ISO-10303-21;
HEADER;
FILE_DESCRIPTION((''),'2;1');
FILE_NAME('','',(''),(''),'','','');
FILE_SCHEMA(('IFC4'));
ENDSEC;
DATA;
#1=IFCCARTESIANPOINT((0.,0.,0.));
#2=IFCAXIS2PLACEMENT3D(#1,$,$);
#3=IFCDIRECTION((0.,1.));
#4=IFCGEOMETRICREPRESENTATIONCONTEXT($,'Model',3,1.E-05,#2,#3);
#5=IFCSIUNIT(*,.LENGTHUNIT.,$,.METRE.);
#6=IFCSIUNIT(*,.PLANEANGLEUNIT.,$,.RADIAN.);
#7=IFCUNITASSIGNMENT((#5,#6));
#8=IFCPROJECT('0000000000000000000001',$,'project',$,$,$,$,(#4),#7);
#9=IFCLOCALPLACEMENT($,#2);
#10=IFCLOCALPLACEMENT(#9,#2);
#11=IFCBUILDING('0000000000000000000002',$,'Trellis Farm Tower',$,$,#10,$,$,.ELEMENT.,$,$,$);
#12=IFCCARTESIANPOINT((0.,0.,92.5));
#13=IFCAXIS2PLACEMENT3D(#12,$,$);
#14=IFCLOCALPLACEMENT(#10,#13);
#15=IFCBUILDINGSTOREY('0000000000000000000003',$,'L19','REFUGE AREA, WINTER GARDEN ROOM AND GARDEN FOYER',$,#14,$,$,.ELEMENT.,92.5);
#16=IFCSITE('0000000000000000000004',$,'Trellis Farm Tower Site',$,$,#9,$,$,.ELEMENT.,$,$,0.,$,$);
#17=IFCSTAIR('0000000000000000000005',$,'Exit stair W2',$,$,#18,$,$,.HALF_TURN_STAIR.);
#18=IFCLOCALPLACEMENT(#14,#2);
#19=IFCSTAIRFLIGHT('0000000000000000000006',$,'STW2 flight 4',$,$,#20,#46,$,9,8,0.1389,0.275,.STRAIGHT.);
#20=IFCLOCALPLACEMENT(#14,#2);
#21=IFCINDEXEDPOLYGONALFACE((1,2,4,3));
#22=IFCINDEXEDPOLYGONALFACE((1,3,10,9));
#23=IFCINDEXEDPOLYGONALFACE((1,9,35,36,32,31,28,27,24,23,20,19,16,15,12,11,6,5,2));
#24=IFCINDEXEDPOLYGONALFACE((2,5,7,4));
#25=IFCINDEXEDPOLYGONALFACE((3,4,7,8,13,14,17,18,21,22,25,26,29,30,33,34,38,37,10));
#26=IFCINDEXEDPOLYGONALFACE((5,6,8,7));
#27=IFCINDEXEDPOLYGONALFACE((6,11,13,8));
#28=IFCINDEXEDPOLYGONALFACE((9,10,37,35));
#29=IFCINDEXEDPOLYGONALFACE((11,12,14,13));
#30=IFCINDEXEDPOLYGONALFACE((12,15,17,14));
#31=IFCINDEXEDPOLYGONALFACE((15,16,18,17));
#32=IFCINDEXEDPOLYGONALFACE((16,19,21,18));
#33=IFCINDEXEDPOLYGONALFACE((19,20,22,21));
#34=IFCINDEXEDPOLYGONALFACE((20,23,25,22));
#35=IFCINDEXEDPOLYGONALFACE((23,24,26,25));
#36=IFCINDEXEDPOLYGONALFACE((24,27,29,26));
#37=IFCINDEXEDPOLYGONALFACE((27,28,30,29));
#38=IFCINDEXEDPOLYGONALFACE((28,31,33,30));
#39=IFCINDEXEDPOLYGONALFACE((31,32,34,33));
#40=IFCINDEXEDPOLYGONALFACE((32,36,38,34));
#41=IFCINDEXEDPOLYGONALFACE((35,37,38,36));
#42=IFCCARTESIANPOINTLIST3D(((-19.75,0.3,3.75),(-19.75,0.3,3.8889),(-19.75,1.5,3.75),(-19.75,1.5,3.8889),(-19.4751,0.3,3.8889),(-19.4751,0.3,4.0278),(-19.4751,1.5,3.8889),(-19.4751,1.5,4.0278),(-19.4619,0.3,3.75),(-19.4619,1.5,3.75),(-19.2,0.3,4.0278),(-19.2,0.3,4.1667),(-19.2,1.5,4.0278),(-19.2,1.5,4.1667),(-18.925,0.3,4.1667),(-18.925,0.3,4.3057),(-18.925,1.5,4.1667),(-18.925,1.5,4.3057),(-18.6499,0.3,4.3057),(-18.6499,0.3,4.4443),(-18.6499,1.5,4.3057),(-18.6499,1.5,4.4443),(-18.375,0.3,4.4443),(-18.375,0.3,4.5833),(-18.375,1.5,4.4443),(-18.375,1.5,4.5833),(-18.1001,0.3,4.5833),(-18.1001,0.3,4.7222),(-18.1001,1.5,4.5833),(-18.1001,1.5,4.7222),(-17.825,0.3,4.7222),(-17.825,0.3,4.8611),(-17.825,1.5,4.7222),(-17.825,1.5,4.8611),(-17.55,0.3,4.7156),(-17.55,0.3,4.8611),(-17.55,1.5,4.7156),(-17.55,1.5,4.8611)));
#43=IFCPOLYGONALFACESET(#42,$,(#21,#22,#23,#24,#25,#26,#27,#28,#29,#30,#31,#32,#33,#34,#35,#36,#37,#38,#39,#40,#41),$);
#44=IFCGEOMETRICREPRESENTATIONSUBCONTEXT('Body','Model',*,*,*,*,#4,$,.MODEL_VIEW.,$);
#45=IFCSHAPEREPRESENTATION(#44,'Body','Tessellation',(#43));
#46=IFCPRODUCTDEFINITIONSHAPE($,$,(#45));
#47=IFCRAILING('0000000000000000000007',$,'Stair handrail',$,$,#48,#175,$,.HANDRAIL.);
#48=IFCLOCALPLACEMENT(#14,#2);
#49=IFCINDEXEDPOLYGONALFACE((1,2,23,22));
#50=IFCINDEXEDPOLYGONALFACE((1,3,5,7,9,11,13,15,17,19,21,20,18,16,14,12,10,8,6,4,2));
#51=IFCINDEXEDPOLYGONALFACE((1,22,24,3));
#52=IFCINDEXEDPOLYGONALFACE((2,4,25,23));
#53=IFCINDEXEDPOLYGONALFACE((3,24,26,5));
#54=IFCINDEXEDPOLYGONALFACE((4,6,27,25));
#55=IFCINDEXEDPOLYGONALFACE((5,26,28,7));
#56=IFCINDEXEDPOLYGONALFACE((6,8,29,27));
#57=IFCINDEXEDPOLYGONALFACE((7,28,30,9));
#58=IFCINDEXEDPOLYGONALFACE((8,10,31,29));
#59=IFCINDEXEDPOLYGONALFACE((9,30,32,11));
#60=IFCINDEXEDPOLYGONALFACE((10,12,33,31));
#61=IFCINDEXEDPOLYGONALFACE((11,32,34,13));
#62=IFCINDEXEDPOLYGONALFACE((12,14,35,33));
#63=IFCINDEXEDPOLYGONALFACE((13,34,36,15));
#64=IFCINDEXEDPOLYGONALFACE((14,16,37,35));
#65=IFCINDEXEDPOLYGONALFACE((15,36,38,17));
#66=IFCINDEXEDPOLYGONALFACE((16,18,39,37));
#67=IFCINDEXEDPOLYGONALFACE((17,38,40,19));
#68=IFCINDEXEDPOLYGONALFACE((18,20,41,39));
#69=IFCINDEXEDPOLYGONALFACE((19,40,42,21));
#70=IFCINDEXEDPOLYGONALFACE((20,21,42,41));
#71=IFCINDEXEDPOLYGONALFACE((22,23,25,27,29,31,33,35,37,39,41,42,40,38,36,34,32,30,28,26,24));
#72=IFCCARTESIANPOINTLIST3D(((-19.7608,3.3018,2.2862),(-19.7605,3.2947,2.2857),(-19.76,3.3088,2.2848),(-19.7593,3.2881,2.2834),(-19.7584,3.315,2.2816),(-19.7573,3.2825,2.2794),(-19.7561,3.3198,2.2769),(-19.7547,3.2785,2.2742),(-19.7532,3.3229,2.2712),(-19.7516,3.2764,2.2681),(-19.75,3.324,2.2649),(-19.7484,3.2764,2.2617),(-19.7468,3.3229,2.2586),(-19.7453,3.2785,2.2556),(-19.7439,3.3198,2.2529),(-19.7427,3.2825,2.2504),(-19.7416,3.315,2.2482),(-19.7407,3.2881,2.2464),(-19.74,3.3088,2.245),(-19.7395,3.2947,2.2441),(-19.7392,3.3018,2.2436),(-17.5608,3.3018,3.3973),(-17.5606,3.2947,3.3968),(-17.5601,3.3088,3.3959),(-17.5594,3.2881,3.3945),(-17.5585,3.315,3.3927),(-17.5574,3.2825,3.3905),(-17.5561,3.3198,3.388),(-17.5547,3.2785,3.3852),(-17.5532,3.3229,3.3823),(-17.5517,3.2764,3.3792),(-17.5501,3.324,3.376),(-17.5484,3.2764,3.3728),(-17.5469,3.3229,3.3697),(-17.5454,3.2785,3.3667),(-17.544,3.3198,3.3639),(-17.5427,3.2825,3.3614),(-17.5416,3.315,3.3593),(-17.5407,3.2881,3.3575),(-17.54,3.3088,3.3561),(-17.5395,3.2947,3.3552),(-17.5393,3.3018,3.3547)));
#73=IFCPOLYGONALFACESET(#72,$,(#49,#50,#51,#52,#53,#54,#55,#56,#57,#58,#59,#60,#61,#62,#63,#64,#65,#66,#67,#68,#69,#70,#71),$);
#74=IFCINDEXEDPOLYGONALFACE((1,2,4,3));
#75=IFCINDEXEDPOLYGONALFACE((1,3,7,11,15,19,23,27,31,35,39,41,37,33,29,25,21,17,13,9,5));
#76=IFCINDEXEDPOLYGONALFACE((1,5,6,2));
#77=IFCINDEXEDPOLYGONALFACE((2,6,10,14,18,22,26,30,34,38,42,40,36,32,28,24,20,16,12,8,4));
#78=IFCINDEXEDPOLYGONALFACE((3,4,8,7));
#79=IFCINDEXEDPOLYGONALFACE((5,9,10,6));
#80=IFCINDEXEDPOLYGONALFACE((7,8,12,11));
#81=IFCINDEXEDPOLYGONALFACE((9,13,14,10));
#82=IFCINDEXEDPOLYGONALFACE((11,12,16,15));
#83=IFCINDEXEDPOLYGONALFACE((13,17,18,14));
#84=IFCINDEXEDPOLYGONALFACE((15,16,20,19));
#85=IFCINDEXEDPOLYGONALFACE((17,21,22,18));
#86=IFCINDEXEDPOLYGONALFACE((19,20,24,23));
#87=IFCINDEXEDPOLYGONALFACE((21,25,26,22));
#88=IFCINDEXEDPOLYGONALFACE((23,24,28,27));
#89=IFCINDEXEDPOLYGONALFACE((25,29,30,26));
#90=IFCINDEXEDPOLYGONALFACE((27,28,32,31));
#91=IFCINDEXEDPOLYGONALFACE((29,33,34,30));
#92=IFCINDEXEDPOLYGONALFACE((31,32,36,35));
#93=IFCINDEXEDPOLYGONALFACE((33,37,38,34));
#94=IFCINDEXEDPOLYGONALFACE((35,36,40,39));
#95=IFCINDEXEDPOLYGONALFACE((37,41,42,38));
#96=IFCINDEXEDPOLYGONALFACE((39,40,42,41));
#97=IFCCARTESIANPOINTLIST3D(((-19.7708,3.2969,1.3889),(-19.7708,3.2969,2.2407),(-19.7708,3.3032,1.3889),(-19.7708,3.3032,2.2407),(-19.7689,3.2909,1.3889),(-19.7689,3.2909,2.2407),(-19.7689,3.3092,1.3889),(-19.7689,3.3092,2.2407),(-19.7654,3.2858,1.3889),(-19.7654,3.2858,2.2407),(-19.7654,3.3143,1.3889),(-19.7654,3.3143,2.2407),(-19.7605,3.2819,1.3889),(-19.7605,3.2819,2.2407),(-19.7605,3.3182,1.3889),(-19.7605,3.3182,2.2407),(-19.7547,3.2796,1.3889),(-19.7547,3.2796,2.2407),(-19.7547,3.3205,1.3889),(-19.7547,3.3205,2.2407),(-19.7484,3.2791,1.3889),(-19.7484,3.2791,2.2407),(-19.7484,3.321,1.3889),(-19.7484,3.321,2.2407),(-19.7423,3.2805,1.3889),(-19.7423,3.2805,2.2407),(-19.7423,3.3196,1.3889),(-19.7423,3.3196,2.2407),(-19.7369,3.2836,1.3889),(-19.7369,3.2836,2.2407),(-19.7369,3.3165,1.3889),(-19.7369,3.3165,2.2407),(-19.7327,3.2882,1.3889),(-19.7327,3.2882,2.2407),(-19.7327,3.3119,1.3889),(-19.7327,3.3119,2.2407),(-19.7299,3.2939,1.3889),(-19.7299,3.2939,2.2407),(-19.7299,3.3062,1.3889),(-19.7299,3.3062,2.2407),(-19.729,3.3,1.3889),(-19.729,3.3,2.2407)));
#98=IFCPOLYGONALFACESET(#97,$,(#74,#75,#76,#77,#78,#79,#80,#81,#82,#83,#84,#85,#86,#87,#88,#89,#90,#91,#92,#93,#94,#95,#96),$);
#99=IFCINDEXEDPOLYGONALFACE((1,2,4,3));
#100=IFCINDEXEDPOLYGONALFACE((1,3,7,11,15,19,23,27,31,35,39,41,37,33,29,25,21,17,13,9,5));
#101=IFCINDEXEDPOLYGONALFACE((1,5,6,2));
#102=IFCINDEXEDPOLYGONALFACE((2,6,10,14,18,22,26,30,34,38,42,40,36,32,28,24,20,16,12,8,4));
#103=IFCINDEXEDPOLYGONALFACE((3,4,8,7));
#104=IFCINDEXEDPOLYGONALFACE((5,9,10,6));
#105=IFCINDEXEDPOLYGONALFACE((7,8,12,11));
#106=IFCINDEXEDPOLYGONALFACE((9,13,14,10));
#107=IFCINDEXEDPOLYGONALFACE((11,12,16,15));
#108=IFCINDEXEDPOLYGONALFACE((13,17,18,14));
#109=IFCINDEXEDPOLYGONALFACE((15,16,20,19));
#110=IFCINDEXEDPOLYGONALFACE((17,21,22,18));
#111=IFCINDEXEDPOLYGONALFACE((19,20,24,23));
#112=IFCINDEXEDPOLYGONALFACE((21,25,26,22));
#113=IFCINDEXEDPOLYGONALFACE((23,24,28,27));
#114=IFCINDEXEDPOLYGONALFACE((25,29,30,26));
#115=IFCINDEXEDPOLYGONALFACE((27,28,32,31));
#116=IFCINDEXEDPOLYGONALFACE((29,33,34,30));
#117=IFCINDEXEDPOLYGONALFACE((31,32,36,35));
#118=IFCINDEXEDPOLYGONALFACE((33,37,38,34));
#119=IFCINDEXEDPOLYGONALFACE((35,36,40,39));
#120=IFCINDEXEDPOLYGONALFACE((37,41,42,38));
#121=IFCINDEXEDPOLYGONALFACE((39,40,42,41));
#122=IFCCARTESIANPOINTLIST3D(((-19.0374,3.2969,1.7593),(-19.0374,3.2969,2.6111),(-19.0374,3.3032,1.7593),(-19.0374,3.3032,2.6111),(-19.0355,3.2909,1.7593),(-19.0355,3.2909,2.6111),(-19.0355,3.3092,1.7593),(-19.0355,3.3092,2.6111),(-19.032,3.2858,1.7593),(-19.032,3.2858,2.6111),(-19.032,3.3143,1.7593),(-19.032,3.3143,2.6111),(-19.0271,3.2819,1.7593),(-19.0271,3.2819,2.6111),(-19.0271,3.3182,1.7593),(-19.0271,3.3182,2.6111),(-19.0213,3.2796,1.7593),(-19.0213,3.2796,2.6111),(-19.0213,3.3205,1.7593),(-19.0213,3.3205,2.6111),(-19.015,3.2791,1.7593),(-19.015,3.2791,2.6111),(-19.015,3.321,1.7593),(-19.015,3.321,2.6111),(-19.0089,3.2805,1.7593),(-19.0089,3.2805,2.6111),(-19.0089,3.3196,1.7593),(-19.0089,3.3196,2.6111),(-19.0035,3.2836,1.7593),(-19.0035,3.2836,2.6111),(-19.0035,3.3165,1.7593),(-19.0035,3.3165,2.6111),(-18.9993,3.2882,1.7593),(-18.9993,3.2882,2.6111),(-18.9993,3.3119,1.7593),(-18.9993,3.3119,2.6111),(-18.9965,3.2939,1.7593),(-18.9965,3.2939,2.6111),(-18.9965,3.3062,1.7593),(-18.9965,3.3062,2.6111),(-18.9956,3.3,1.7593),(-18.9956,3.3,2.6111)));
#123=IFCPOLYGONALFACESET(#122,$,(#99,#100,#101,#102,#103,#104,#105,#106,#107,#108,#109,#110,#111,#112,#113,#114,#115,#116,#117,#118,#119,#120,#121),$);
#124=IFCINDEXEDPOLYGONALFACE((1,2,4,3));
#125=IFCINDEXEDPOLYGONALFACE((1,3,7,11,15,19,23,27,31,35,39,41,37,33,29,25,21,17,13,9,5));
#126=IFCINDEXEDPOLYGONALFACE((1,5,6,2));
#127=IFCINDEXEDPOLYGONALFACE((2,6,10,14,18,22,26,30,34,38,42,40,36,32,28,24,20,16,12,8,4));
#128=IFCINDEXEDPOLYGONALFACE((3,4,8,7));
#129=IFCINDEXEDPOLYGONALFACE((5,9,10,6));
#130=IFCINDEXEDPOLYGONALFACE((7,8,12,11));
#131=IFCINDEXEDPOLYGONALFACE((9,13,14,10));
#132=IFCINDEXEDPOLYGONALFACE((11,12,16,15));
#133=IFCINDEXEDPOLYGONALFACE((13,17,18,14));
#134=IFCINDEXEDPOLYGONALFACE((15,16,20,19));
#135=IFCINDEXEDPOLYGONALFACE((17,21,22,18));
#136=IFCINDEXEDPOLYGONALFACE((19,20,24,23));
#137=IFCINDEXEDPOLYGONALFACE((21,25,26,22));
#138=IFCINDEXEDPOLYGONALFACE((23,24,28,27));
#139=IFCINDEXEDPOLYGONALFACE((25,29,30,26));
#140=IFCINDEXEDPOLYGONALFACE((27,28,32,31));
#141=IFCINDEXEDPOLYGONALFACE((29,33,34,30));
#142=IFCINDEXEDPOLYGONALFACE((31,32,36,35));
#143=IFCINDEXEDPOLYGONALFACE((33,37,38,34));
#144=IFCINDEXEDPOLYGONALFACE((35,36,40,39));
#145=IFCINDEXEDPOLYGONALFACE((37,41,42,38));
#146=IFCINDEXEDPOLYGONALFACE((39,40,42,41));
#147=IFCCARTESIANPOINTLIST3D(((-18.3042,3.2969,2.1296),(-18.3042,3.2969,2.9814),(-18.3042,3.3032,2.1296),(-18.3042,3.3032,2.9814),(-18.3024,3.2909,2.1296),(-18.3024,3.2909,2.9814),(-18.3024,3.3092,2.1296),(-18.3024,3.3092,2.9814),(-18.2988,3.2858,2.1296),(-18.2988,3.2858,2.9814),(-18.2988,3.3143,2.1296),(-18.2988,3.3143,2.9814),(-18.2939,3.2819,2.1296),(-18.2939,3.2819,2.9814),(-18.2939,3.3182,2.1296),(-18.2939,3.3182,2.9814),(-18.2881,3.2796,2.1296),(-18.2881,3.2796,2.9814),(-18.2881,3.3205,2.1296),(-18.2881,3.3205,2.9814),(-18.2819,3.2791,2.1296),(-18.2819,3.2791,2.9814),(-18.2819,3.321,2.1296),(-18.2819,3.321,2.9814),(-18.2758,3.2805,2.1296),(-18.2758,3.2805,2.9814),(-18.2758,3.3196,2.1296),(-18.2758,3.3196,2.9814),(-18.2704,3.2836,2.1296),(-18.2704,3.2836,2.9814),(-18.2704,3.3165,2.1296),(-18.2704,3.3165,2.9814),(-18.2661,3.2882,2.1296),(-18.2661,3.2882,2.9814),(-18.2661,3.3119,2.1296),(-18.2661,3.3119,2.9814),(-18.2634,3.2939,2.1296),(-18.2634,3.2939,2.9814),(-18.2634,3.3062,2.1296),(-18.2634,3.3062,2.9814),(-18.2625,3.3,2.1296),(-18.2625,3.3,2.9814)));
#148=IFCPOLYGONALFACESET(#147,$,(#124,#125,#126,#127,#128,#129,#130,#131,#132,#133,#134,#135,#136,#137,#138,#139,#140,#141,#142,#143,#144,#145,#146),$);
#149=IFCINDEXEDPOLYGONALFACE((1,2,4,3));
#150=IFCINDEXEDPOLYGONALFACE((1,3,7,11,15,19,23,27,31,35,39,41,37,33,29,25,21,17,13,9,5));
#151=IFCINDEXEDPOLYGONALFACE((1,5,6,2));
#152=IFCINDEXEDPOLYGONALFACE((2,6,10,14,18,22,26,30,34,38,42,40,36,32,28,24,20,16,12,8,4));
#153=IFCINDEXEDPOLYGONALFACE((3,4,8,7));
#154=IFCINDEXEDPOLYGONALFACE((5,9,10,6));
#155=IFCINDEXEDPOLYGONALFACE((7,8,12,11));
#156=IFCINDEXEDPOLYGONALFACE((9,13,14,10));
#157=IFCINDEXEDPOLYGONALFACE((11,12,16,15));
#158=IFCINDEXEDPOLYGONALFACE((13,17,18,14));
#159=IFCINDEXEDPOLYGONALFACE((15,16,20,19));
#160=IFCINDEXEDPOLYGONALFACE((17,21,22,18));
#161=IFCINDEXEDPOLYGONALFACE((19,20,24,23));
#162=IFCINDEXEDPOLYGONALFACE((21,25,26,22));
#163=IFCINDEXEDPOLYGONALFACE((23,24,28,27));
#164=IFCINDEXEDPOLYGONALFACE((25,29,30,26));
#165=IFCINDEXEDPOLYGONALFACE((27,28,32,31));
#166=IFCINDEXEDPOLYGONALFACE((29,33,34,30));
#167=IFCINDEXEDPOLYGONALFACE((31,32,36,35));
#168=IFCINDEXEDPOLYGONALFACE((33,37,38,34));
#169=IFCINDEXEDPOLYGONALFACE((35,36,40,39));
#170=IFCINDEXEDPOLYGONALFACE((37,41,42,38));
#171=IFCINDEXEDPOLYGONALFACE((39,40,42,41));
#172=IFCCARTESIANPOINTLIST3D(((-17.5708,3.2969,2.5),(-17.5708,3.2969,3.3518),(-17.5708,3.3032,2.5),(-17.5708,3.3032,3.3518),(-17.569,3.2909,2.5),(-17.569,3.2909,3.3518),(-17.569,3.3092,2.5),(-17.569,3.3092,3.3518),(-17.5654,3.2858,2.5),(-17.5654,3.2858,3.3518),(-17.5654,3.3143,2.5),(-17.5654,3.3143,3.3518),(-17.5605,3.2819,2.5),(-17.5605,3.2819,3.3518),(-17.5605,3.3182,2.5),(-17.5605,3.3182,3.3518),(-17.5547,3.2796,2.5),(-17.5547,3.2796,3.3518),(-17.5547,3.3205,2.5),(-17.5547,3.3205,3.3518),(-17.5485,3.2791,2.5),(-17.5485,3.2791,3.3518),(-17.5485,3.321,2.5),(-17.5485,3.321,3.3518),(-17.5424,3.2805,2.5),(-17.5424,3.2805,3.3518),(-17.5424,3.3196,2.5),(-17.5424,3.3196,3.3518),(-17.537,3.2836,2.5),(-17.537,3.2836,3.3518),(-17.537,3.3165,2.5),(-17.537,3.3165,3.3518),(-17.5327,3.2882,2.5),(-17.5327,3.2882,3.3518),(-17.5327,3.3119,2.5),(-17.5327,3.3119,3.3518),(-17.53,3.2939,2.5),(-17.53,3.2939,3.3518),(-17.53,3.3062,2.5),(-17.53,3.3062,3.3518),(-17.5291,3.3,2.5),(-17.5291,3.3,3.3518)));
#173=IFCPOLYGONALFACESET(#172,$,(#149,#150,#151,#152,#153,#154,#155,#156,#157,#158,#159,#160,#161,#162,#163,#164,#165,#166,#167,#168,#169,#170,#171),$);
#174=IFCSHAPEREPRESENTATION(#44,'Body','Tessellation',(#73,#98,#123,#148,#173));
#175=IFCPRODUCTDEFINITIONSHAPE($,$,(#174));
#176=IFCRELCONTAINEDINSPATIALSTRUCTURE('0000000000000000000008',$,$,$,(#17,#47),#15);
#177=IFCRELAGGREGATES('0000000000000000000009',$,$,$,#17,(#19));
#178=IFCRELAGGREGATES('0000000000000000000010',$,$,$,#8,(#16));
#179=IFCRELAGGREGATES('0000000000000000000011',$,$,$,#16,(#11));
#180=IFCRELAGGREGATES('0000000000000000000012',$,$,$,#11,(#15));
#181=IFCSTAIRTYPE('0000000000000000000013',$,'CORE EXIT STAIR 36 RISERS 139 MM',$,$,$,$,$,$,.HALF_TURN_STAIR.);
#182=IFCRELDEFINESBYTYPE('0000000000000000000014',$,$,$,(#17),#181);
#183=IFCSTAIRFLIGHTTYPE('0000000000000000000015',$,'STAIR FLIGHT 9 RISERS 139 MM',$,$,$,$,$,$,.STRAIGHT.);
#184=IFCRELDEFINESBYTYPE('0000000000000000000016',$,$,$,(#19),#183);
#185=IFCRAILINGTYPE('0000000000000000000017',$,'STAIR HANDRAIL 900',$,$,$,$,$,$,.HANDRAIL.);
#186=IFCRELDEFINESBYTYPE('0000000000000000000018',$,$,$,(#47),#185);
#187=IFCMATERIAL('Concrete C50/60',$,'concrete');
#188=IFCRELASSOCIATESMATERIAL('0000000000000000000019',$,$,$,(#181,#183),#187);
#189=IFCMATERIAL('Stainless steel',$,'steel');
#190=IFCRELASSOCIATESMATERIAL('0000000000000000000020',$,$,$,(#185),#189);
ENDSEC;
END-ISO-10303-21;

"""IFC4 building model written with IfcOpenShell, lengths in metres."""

from ifc_helpers import new_model, si_unit, direction, frame, origin, origin_2d, place, context, subcontext, project, spatial, polyline, circle, outline, extrude, source, transform, mapped, material, type_object, element, aggregate, save


model = new_model("IFC4")

# Units and contexts
model_context = context("Model", 3, precision=1e-05, world=origin(), true_north=direction((0.0, 1.0)))
body_context = subcontext(model_context, "Body", "Model", "MODEL_VIEW")
ifc_project = project(units=[si_unit("LENGTHUNIT", "METRE"), si_unit("PLANEANGLEUNIT", "RADIAN")], contexts=[model_context])

# Site, building, storey
site_placement = place(None, origin())
site = spatial("IfcSite", under=ifc_project, at=site_placement, Name="Trellis Farm Tower Site", CompositionType="ELEMENT", RefElevation=0.0)
building_placement = place(site_placement, origin())
building = spatial("IfcBuilding", under=site, at=building_placement, Name="Trellis Farm Tower", CompositionType="ELEMENT")
storey_placement = place(building_placement, frame((0.0, 0.0, 92.5)))
storey = spatial("IfcBuildingStorey", under=building, at=storey_placement, Name="L19", Description="REFUGE AREA, WINTER GARDEN ROOM AND GARDEN FOYER", CompositionType="ELEMENT", Elevation=92.5)

# Shared definitions
placement = place(storey_placement, origin())

# Stair, stair flight
ifc_material_1 = material(Name="Concrete C50/60", Category="concrete")
stair_type = type_object("IfcStairType", Name="CORE EXIT STAIR 36 RISERS 139 MM", PredefinedType="HALF_TURN_STAIR", material=ifc_material_1)
stair_flight_type = type_object("IfcStairFlightType", Name="STAIR FLIGHT 9 RISERS 139 MM", PredefinedType="STRAIGHT", material=ifc_material_1)
shared_shape_1 = source(origin(), body_context, "Body", "SweptSolid", [
    extrude(outline(polyline([(0.0, 0.0), (0.0, 0.1389), (0.2749, 0.1389), (0.2749, 0.2778), (0.55, 0.2778), (0.55, 0.4167), (0.825, 0.4167), (0.825, 0.5557), (1.1001, 0.5557), (1.1001, 0.6943), (1.375, 0.6943), (1.375, 0.8333), (1.6499, 0.8333), (1.6499, 0.9722), (1.925, 0.9722), (1.925, 1.1111), (2.2, 1.1111), (2.2, 1.25), (2.2, 0.9656), (0.2881, 0.0), (0.0, 0.0)])), frame((0.0, 0.6001, 0.0), z_axis=(0.0, -1.0, 0.0), x_axis=(1.0, 0.0, 0.0)), (0.0, 0.0, 1.0), 1.2),
])
stair_1 = element("IfcStair", 1, at=placement, inside=storey, type_object=stair_type, Name="Exit stair W2", PredefinedType="HALF_TURN_STAIR")
stair_flight_1_placement = place(storey_placement, frame((-19.75, 0.8999, 3.75), z_axis=(0.0, 0.0, 1.0), x_axis=(1.0, 0.0, 0.0)))
stair_flight_1 = element("IfcStairFlight", 2, at=stair_flight_1_placement, type_object=stair_flight_type, Name="STW2 flight 4", NumberOfRisers=9, NumberOfTreads=8, PredefinedType="STRAIGHT", RiserHeight=0.1389, TreadLength=0.275, context=body_context, shape_type="MappedRepresentation", body=[
    mapped(shared_shape_1, transform((0.0, 0.0, 0.0))),
])
aggregate(stair_1, [stair_flight_1])

# Railing
ifc_material_2 = material(Name="Stainless steel", Category="steel")
railing_type = type_object("IfcRailingType", Name="STAIR HANDRAIL 900", PredefinedType="HANDRAIL", material=ifc_material_2)
shared_shape_2 = source(origin(), body_context, "Body", "SweptSolid", [
    extrude(circle(Radius=0.0239, at=origin_2d()), frame((0.0, 0.0, 0.876), z_axis=(0.892617, 0.0, 0.450816), x_axis=(0.0, 1.0, 0.0)), (0.0, 0.0, 1.0), 2.4646),
    extrude(circle(Radius=0.021, at=origin_2d()), origin(), (0.0, 0.0, 1.0), 0.8518),
    extrude(circle(Radius=0.021, at=origin_2d()), frame((0.7334, 0.0, 0.3704)), (0.0, 0.0, 1.0), 0.8518),
    extrude(circle(Radius=0.021, at=origin_2d()), frame((1.4666, 0.0, 0.7407)), (0.0, 0.0, 1.0), 0.8518),
    extrude(circle(Radius=0.021, at=origin_2d()), frame((2.2, 0.0, 1.1111)), (0.0, 0.0, 1.0), 0.8518),
])
for number, where, name in (
    (3, (-19.75, 3.3, 1.3889), "Stair handrail"),
):
    element("IfcRailing", number, at=place(storey_placement, frame(where)), inside=storey, type_object=railing_type, Name=name, PredefinedType="HANDRAIL", context=body_context, shape_type="MappedRepresentation", body=[
        mapped(shared_shape_2, transform((0.0, 0.0, 0.0))),
    ])

save(model, "model.ifc")
